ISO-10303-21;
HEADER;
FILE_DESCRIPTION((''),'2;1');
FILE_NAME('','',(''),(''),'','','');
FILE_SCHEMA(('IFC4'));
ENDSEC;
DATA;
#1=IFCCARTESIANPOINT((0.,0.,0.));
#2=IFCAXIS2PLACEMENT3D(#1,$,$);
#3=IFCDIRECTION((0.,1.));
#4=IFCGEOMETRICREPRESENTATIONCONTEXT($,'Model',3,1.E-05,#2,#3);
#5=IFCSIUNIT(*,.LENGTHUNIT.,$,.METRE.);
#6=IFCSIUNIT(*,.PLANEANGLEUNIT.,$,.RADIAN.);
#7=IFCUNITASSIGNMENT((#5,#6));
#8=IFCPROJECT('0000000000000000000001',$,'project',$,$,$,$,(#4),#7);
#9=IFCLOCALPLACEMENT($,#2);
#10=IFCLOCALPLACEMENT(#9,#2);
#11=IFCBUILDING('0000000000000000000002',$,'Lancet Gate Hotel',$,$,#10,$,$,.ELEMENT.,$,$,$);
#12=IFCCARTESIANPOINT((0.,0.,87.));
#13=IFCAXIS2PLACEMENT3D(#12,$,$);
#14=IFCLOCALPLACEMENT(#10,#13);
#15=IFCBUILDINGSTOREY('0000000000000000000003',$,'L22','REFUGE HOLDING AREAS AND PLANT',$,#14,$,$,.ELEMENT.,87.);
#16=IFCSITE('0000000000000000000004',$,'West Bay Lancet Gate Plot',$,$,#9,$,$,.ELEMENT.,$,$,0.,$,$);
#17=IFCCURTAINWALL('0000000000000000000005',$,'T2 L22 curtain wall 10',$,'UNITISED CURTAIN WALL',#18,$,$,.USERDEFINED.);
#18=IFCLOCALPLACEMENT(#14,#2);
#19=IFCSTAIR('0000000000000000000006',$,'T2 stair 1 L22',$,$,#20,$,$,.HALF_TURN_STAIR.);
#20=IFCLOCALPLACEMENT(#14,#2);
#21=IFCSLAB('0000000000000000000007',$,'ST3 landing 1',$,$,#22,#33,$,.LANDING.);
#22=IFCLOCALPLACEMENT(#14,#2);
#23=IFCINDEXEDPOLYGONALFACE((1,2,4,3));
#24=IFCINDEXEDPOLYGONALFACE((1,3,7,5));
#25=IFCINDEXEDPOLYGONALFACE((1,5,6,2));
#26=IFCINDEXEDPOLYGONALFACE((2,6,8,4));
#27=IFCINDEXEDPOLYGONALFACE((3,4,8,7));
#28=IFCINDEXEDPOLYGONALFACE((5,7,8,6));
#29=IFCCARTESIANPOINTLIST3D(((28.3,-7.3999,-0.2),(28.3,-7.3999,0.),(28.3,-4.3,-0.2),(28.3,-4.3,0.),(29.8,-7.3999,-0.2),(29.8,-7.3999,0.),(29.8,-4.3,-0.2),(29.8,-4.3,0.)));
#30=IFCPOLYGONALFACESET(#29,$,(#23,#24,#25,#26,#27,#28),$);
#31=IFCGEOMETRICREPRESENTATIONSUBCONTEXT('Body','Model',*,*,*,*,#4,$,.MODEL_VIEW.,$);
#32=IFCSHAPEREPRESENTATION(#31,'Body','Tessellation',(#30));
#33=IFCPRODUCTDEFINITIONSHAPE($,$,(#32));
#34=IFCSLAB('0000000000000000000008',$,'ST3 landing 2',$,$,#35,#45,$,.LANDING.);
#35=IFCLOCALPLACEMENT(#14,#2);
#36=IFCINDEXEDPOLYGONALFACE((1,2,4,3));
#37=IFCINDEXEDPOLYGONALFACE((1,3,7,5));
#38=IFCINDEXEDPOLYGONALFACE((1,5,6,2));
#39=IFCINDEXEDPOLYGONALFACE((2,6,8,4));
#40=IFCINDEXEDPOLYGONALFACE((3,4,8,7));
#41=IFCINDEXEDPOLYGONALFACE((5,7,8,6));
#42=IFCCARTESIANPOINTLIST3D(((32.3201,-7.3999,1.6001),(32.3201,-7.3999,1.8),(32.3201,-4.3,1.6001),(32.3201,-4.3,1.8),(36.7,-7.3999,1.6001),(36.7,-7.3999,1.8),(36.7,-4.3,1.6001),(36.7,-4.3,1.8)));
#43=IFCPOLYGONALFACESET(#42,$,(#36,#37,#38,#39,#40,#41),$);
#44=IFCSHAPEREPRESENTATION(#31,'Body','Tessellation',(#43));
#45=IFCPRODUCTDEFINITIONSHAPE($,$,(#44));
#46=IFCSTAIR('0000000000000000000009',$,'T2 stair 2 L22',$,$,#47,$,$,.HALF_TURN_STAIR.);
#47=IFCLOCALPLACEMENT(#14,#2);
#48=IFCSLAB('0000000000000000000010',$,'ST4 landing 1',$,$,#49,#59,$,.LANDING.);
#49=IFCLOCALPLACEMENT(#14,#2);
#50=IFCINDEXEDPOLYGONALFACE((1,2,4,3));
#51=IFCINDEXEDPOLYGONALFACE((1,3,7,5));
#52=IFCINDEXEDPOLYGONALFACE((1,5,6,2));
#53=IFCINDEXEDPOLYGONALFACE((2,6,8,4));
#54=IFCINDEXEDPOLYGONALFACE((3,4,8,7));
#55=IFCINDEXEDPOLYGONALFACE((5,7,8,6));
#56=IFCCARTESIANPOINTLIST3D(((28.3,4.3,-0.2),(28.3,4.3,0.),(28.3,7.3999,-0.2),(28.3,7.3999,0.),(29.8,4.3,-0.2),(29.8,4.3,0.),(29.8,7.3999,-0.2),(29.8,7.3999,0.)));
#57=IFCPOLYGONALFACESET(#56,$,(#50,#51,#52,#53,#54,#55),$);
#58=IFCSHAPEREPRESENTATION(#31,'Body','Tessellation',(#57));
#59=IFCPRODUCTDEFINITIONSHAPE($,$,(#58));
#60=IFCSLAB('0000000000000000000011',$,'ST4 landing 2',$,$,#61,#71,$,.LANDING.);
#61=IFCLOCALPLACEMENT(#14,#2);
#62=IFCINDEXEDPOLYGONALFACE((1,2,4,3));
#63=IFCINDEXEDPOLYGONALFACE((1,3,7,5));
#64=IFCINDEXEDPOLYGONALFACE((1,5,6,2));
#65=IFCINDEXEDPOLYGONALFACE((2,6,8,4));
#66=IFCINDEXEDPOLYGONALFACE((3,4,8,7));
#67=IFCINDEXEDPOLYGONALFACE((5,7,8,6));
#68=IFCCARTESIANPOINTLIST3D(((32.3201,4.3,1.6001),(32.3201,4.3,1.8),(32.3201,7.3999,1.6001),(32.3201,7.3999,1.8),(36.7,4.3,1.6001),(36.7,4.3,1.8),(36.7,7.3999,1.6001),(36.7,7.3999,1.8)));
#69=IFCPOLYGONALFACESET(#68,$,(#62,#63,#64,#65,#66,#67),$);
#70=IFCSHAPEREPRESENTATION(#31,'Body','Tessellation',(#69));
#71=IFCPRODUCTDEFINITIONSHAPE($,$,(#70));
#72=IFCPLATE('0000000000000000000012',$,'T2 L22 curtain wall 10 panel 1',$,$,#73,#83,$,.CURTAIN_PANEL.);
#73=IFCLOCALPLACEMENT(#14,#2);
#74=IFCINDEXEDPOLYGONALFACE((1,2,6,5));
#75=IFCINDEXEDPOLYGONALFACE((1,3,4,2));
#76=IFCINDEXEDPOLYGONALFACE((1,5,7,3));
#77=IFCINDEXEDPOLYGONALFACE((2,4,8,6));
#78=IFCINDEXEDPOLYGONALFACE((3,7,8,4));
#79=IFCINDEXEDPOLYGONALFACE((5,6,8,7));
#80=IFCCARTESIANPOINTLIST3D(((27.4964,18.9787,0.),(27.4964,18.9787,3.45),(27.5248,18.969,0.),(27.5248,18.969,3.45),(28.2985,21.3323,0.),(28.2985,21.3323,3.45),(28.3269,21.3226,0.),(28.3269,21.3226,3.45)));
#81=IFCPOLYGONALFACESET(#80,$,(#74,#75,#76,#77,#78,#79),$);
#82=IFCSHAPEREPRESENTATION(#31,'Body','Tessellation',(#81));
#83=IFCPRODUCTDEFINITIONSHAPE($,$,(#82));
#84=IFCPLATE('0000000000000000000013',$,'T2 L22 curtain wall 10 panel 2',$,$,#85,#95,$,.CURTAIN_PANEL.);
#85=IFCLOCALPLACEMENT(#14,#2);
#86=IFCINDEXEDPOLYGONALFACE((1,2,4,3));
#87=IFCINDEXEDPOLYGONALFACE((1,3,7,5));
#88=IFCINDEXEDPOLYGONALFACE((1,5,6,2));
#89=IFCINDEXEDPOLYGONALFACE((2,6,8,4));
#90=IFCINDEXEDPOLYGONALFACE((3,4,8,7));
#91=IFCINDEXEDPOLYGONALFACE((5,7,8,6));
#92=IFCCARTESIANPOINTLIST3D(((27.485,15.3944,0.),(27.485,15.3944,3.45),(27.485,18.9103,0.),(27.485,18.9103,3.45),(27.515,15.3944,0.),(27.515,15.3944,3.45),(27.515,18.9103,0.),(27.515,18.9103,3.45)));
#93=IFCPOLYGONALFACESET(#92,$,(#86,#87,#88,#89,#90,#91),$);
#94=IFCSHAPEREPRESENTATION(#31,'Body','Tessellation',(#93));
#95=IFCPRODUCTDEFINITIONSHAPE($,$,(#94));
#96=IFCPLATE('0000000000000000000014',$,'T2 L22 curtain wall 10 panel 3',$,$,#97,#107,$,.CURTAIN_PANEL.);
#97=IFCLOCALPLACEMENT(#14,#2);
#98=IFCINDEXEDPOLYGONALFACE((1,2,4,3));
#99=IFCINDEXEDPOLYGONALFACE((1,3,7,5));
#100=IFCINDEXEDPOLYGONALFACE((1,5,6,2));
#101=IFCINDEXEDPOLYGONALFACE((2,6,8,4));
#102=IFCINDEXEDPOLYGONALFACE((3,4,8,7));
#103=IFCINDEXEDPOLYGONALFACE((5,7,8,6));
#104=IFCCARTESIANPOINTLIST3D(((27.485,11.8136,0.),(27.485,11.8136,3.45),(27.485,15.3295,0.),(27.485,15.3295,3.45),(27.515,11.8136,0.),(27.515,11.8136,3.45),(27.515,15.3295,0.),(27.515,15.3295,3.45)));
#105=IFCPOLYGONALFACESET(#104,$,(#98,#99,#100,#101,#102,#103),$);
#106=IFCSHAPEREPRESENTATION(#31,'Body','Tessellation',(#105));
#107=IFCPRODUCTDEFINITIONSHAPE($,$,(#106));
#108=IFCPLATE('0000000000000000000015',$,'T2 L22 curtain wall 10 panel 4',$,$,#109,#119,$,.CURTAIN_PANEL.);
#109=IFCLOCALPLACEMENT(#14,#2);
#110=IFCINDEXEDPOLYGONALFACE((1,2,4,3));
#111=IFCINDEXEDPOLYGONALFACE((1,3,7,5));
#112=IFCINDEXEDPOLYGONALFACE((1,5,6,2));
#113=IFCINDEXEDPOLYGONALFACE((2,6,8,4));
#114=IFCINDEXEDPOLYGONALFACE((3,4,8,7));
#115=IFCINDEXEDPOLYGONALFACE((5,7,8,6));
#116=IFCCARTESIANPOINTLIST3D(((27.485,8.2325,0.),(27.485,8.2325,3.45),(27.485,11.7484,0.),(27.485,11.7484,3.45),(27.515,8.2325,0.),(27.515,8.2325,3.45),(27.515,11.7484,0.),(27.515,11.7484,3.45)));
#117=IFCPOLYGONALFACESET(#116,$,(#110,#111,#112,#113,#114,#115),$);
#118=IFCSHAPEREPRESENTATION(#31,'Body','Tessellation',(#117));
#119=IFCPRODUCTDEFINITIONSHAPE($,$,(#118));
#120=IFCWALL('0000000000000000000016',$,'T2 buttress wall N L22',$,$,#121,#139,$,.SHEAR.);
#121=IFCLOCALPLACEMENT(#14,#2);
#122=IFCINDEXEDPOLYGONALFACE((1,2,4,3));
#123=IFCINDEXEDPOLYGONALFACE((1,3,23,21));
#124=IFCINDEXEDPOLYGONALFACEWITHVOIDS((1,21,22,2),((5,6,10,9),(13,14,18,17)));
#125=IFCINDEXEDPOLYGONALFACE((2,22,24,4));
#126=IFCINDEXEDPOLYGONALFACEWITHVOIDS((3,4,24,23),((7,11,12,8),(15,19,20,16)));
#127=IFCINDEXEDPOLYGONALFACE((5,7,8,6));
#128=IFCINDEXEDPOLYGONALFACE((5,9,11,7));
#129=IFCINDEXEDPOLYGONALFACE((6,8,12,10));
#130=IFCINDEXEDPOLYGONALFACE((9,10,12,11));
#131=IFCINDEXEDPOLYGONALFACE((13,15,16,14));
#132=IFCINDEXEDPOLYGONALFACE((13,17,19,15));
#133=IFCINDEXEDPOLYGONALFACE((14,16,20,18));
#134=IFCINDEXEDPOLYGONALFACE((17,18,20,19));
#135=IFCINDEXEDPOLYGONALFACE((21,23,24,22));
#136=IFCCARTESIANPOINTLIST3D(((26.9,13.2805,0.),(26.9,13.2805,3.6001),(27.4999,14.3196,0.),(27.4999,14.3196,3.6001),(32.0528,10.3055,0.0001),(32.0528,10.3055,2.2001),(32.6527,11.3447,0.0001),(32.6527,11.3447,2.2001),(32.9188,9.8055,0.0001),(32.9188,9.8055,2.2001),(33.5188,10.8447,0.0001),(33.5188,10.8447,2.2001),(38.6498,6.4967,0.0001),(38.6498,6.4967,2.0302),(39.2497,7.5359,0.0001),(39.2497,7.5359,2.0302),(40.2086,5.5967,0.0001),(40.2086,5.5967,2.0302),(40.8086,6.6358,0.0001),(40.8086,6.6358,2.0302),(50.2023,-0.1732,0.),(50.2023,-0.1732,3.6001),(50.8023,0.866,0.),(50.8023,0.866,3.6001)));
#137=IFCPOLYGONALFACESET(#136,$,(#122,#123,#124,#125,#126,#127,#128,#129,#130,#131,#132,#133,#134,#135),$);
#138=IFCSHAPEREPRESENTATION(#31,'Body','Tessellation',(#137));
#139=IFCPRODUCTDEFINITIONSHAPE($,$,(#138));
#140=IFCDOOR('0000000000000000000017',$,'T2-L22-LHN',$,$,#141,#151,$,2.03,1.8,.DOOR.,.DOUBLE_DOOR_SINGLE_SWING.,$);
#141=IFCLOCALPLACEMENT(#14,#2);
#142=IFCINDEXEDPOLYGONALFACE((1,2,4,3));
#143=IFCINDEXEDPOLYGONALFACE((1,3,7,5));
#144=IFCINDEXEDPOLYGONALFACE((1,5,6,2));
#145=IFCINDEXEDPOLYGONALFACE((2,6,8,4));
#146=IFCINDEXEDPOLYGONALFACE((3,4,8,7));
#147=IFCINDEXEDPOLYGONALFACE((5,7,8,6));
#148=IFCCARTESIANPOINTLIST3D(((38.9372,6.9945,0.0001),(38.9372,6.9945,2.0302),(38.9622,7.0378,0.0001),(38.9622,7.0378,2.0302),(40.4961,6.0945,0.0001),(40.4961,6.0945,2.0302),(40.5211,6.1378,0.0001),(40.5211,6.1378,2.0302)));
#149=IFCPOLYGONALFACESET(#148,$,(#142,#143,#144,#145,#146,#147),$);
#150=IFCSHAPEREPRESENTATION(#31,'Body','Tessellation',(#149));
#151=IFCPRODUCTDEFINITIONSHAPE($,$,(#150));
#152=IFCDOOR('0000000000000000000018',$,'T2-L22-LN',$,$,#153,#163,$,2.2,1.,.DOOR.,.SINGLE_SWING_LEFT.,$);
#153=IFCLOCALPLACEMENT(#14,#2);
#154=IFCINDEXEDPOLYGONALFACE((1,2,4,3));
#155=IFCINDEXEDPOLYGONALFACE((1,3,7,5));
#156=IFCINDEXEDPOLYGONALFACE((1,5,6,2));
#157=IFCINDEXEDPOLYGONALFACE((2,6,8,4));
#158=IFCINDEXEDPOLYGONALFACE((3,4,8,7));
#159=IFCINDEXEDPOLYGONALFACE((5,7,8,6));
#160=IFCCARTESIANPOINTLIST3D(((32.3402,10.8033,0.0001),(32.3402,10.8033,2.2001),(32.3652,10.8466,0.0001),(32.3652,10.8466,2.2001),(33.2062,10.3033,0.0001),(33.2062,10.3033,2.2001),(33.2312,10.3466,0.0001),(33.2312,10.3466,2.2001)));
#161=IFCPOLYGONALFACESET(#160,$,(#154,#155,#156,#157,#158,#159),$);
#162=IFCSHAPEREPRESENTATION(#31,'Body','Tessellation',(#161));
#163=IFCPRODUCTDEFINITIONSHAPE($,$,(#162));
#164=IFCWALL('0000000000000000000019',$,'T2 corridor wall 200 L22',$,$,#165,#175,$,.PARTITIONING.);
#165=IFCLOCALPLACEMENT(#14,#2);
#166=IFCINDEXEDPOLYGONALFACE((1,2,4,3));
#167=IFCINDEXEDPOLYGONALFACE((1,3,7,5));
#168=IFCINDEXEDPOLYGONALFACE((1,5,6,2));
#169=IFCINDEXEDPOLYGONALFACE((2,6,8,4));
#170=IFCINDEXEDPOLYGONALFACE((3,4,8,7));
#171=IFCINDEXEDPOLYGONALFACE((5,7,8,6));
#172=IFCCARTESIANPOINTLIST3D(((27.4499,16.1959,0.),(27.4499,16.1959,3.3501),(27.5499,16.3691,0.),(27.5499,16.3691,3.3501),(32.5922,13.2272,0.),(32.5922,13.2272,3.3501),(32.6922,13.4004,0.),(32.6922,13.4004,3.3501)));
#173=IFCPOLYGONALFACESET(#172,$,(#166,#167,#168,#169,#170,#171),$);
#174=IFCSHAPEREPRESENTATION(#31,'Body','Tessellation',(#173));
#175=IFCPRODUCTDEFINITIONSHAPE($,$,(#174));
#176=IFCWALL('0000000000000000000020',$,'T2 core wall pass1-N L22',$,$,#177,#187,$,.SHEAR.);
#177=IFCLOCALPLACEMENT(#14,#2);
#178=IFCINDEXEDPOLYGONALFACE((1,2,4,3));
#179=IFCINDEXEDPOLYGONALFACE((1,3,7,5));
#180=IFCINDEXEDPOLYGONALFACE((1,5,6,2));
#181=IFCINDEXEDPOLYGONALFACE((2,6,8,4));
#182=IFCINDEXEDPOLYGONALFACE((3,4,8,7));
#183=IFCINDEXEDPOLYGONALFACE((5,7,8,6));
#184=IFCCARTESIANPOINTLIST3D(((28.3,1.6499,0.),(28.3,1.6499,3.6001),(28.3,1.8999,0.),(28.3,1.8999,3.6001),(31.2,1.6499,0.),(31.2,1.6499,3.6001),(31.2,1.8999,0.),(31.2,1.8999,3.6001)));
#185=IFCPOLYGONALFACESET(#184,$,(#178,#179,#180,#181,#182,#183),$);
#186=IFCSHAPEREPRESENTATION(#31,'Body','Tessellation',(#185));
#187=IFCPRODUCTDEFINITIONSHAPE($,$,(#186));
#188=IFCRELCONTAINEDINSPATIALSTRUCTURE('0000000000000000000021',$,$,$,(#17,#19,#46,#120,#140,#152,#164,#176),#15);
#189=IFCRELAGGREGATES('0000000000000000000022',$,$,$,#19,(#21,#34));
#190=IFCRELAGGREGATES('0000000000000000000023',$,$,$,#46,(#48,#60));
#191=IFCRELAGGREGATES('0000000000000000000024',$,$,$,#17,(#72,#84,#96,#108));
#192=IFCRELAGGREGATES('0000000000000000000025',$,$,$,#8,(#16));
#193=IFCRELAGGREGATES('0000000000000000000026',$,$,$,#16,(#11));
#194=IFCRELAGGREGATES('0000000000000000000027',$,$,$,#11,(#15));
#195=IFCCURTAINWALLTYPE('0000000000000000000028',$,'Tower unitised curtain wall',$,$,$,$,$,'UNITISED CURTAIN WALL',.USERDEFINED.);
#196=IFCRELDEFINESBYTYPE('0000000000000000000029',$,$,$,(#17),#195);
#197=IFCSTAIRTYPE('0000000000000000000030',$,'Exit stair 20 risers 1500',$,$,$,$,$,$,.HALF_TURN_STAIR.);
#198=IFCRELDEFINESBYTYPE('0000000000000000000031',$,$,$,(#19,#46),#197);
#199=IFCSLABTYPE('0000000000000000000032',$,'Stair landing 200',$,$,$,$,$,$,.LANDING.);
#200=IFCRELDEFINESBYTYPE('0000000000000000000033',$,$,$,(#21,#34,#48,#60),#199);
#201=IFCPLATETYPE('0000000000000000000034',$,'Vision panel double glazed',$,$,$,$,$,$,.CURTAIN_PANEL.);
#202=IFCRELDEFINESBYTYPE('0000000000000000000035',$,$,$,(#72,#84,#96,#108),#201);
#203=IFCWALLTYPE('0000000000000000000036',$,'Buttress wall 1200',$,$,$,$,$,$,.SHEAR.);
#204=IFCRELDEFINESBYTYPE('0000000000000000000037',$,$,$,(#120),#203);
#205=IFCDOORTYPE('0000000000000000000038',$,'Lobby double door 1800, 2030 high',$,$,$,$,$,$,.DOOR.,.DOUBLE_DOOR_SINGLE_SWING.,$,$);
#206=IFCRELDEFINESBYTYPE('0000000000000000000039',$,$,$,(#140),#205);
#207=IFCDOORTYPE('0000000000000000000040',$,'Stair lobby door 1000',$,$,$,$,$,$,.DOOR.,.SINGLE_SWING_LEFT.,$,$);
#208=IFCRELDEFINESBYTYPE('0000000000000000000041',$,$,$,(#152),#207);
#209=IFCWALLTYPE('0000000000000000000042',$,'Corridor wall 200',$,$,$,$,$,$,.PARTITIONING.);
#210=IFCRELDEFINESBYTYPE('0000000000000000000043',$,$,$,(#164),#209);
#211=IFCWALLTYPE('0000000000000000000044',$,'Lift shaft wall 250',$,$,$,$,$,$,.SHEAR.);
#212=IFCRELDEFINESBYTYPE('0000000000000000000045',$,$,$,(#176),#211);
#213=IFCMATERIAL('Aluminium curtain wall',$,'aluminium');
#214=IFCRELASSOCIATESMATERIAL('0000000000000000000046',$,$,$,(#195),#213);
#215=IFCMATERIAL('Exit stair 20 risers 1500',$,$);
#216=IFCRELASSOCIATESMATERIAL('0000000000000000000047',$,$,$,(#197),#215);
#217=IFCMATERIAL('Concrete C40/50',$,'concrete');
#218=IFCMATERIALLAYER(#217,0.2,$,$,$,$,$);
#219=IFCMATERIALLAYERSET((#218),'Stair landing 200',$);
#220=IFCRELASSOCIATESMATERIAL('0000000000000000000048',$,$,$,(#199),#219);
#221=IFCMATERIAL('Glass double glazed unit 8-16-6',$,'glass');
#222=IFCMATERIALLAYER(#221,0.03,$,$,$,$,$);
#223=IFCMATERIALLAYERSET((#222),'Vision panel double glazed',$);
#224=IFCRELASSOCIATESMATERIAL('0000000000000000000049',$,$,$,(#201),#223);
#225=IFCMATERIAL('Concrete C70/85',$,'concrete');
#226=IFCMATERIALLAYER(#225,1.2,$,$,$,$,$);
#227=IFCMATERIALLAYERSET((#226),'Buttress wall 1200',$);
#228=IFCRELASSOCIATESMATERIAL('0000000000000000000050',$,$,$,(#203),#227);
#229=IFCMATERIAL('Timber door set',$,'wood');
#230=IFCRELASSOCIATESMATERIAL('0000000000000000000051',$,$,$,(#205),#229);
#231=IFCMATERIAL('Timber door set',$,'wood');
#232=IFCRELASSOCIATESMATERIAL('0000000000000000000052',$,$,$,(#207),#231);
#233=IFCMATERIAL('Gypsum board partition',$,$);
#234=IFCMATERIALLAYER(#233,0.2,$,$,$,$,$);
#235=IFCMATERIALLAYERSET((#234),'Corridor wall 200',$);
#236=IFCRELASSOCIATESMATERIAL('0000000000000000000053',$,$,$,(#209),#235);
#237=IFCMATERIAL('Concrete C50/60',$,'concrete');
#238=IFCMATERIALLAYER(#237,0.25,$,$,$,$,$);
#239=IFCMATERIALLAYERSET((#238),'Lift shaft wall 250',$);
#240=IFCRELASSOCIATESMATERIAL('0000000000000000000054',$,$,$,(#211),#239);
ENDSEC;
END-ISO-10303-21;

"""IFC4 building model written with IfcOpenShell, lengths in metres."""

from ifc_helpers import new_model, si_unit, direction, frame, frame_2d, origin, origin_2d, place, context, subcontext, project, spatial, polyline, rectangle, outline, extrude, material, layer, layer_set, type_object, element, fill, aggregate, save


model = new_model("IFC4")

# Units and contexts
model_context = context("Model", 3, precision=1e-05, world=origin(), true_north=direction((0.0, 1.0)))
body_context = subcontext(model_context, "Body", "Model", "MODEL_VIEW")
ifc_project = project(units=[si_unit("LENGTHUNIT", "METRE"), si_unit("PLANEANGLEUNIT", "RADIAN")], contexts=[model_context])

# Site, building, storey
site_placement = place(None, origin())
site = spatial("IfcSite", under=ifc_project, at=site_placement, Name="West Bay Lancet Gate Plot", CompositionType="ELEMENT", RefElevation=0.0)
building_placement = place(site_placement, origin())
building = spatial("IfcBuilding", under=site, at=building_placement, Name="Lancet Gate Hotel", CompositionType="ELEMENT")
storey_placement = place(building_placement, frame((0.0, 0.0, 87.0)))
storey = spatial("IfcBuildingStorey", under=building, at=storey_placement, Name="L22", Description="REFUGE HOLDING AREAS AND PLANT", CompositionType="ELEMENT", Elevation=87.0)

# Curtain wall
ifc_material_1 = material(Name="Aluminium curtain wall", Category="aluminium")
curtain_wall_type = type_object("IfcCurtainWallType", Name="Tower unitised curtain wall", ElementType="UNITISED CURTAIN WALL", PredefinedType="USERDEFINED", material=ifc_material_1)
curtain_wall_placement = place(storey_placement, origin())
curtain_wall = element("IfcCurtainWall", 1, at=curtain_wall_placement, inside=storey, type_object=curtain_wall_type, Name="T2 L22 curtain wall 10", ObjectType="UNITISED CURTAIN WALL", PredefinedType="USERDEFINED")

# Shared definitions
ifc_material_2 = material(Name="Exit stair 20 risers 1500")
stair_type = type_object("IfcStairType", Name="Exit stair 20 risers 1500", PredefinedType="HALF_TURN_STAIR", material=ifc_material_2)
ifc_material_3 = material(Name="Concrete C40/50", Category="concrete")
ifc_layer_1 = layer(ifc_material_3, 0.2)
ifc_layer_set_1 = layer_set([ifc_layer_1], Name="Stair landing 200")
slab_type = type_object("IfcSlabType", Name="Stair landing 200", PredefinedType="LANDING", material=ifc_layer_set_1)

# Stairs, slabs
stair_1_placement = place(storey_placement, origin())
stair_1 = element("IfcStair", 2, at=stair_1_placement, inside=storey, type_object=stair_type, Name="T2 stair 1 L22", PredefinedType="HALF_TURN_STAIR")
slab_1_placement = place(storey_placement, frame((0.0, 0.0, -0.2)))
slab_1 = element("IfcSlab", 3, at=slab_1_placement, type_object=slab_type, Name="ST3 landing 1", PredefinedType="LANDING", context=body_context, shape_type="SweptSolid", body=[
    extrude(outline(polyline([(28.3, -7.3999), (29.8, -7.3999), (29.8, -4.3), (28.3, -4.3), (28.3, -7.3999)])), origin(), (0.0, 0.0, 1.0), 0.2),
])
slab_2_placement = place(storey_placement, frame((0.0, 0.0, 1.6001)))
slab_2 = element("IfcSlab", 4, at=slab_2_placement, type_object=slab_type, Name="ST3 landing 2", PredefinedType="LANDING", context=body_context, shape_type="SweptSolid", body=[
    extrude(outline(polyline([(32.3201, -7.3999), (36.7, -7.3999), (36.7, -4.3), (32.3201, -4.3), (32.3201, -7.3999)])), origin(), (0.0, 0.0, 1.0), 0.2),
])
aggregate(stair_1, [slab_1, slab_2])
stair_2_placement = place(storey_placement, origin())
stair_2 = element("IfcStair", 5, at=stair_2_placement, inside=storey, type_object=stair_type, Name="T2 stair 2 L22", PredefinedType="HALF_TURN_STAIR")
slab_3_placement = place(storey_placement, frame((0.0, 0.0, -0.2)))
slab_3 = element("IfcSlab", 6, at=slab_3_placement, type_object=slab_type, Name="ST4 landing 1", PredefinedType="LANDING", context=body_context, shape_type="SweptSolid", body=[
    extrude(outline(polyline([(28.3, 4.3), (29.8, 4.3), (29.8, 7.3999), (28.3, 7.3999), (28.3, 4.3)])), origin(), (0.0, 0.0, 1.0), 0.2),
])
slab_4_placement = place(storey_placement, frame((0.0, 0.0, 1.6001)))
slab_4 = element("IfcSlab", 7, at=slab_4_placement, type_object=slab_type, Name="ST4 landing 2", PredefinedType="LANDING", context=body_context, shape_type="SweptSolid", body=[
    extrude(outline(polyline([(32.3201, 4.3), (36.7, 4.3), (36.7, 7.3999), (32.3201, 7.3999), (32.3201, 4.3)])), origin(), (0.0, 0.0, 1.0), 0.2),
])
aggregate(stair_2, [slab_3, slab_4])

# Plates
ifc_material_4 = material(Name="Glass double glazed unit 8-16-6", Category="glass")
ifc_layer_2 = layer(ifc_material_4, 0.03)
ifc_layer_set_2 = layer_set([ifc_layer_2], Name="Vision panel double glazed")
plate_type = type_object("IfcPlateType", Name="Vision panel double glazed", PredefinedType="CURTAIN_PANEL", material=ifc_layer_set_2)
plate_1_placement = place(storey_placement, frame((27.9116, 20.1506, 0.0), z_axis=(0.0, 0.0, 1.0), x_axis=(-0.322576, -0.946544, 0.0)))
plate_1 = element("IfcPlate", 8, at=plate_1_placement, type_object=plate_type, Name="T2 L22 curtain wall 10 panel 1", PredefinedType="CURTAIN_PANEL", context=body_context, shape_type="SweptSolid", body=[
    extrude(rectangle(XDim=2.4866, YDim=0.03, at=origin_2d()), origin(), (0.0, 0.0, 1.0), 3.45),
])
plate_2_placement = place(storey_placement, frame((27.5, 17.1523, 0.0), z_axis=(0.0, 0.0, 1.0), x_axis=(0.0, -1.0, 0.0)))
plate_2 = element("IfcPlate", 9, at=plate_2_placement, type_object=plate_type, Name="T2 L22 curtain wall 10 panel 2", PredefinedType="CURTAIN_PANEL", context=body_context, shape_type="SweptSolid", body=[
    extrude(rectangle(XDim=3.5159, YDim=0.03, at=origin_2d()), origin(), (0.0, 0.0, 1.0), 3.45),
])
plate_3_placement = place(storey_placement, frame((27.5, 13.5715, 0.0), z_axis=(0.0, 0.0, 1.0), x_axis=(0.0, -1.0, 0.0)))
plate_3 = element("IfcPlate", 10, at=plate_3_placement, type_object=plate_type, Name="T2 L22 curtain wall 10 panel 3", PredefinedType="CURTAIN_PANEL", context=body_context, shape_type="SweptSolid", body=[
    extrude(rectangle(XDim=3.5159, YDim=0.03, at=origin_2d()), origin(), (0.0, 0.0, 1.0), 3.45),
])
plate_4_placement = place(storey_placement, frame((27.5, 9.9905, 0.0), z_axis=(0.0, 0.0, 1.0), x_axis=(0.0, -1.0, 0.0)))
plate_4 = element("IfcPlate", 11, at=plate_4_placement, type_object=plate_type, Name="T2 L22 curtain wall 10 panel 4", PredefinedType="CURTAIN_PANEL", context=body_context, shape_type="SweptSolid", body=[
    extrude(rectangle(XDim=3.5159, YDim=0.03, at=origin_2d()), origin(), (0.0, 0.0, 1.0), 3.45),
])
aggregate(curtain_wall, [plate_1, plate_2, plate_3, plate_4])

# Wall, openings, doors
ifc_material_5 = material(Name="Concrete C70/85", Category="concrete")
ifc_layer_3 = layer(ifc_material_5, 1.2)
ifc_layer_set_3 = layer_set([ifc_layer_3], Name="Buttress wall 1200")
wall_type_1 = type_object("IfcWallType", Name="Buttress wall 1200", PredefinedType="SHEAR", material=ifc_layer_set_3)
wall_1_placement = place(storey_placement, frame((27.2, 13.8, 0.0), z_axis=(0.0, 0.0, 1.0), x_axis=(0.866025, -0.500002, 0.0)))
wall_1 = element("IfcWall", 12, at=wall_1_placement, inside=storey, type_object=wall_type_1, Name="T2 buttress wall N L22", PredefinedType="SHEAR", context=body_context, shape_type="SweptSolid", body=[
    extrude(rectangle(XDim=26.9072, YDim=1.2, at=frame_2d((13.4536, 0.0))), origin(), (0.0, 0.0, 1.0), 3.6001),
])
opening_1_placement = place(wall_1_placement, frame((5.95, 0.0, 0.0)))
opening_1 = element("IfcOpeningElement", 13, at=opening_1_placement, cuts=wall_1, PredefinedType="OPENING", context=body_context, shape_type="SweptSolid", body=[
    extrude(rectangle(XDim=1.0, YDim=2.2, at=frame_2d((0.5, 1.1001))), frame((0.0, 0.6099, 0.0), z_axis=(0.0, -1.0, 0.0), x_axis=(1.0, 0.0, 0.0)), (0.0, 0.0, 1.0), 1.22),
])
opening_2_placement = place(wall_1_placement, frame((13.5676, 0.0, 0.0)))
opening_2 = element("IfcOpeningElement", 14, at=opening_2_placement, cuts=wall_1, PredefinedType="OPENING", context=body_context, shape_type="SweptSolid", body=[
    extrude(rectangle(XDim=1.8, YDim=2.03, at=frame_2d((0.8999, 1.0151))), frame((0.0, 0.6099, 0.0), z_axis=(0.0, -1.0, 0.0), x_axis=(1.0, 0.0, 0.0)), (0.0, 0.0, 1.0), 1.22),
])
ifc_material_6 = material(Name="Timber door set", Category="wood")
door_type_1 = type_object("IfcDoorType", Name="Lobby double door 1800, 2030 high", OperationType="DOUBLE_DOOR_SINGLE_SWING", PredefinedType="DOOR", material=ifc_material_6)
door_1_placement = place(opening_2_placement, origin())
door_1 = element("IfcDoor", 15, at=door_1_placement, inside=storey, type_object=door_type_1, Name="T2-L22-LHN", OperationType="DOUBLE_DOOR_SINGLE_SWING", OverallHeight=2.03, OverallWidth=1.8, PredefinedType="DOOR", context=body_context, shape_type="SweptSolid", body=[
    extrude(rectangle(XDim=1.8, YDim=2.03, at=frame_2d((0.8999, 1.0151))), frame((0.0, 0.0249, 0.0), z_axis=(0.0, -1.0, 0.0), x_axis=(1.0, 0.0, 0.0)), (0.0, 0.0, 1.0), 0.05),
])
fill(opening_2, door_1)
ifc_material_7 = material(Name="Timber door set", Category="wood")
door_type_2 = type_object("IfcDoorType", Name="Stair lobby door 1000", OperationType="SINGLE_SWING_LEFT", PredefinedType="DOOR", material=ifc_material_7)
door_2_placement = place(opening_1_placement, origin())
door_2 = element("IfcDoor", 16, at=door_2_placement, inside=storey, type_object=door_type_2, Name="T2-L22-LN", OperationType="SINGLE_SWING_LEFT", OverallHeight=2.2, OverallWidth=1.0, PredefinedType="DOOR", context=body_context, shape_type="SweptSolid", body=[
    extrude(rectangle(XDim=1.0, YDim=2.2, at=frame_2d((0.5, 1.1001))), frame((0.0, 0.0249, 0.0), z_axis=(0.0, -1.0, 0.0), x_axis=(1.0, 0.0, 0.0)), (0.0, 0.0, 1.0), 0.05),
])
fill(opening_1, door_2)

# Walls
ifc_material_8 = material(Name="Gypsum board partition")
ifc_layer_4 = layer(ifc_material_8, 0.2)
ifc_layer_set_4 = layer_set([ifc_layer_4], Name="Corridor wall 200")
wall_type_2 = type_object("IfcWallType", Name="Corridor wall 200", PredefinedType="PARTITIONING", material=ifc_layer_set_4)
wall_2_placement = place(storey_placement, frame((27.5, 16.2825, 0.0), z_axis=(0.0, 0.0, 1.0), x_axis=(0.866038, -0.499978, 0.0)))
element("IfcWall", 17, at=wall_2_placement, inside=storey, type_object=wall_type_2, Name="T2 corridor wall 200 L22", PredefinedType="PARTITIONING", context=body_context, shape_type="SweptSolid", body=[
    extrude(rectangle(XDim=5.9377, YDim=0.2, at=frame_2d((2.9688, 0.0))), origin(), (0.0, 0.0, 1.0), 3.3501),
])
ifc_material_9 = material(Name="Concrete C50/60", Category="concrete")
ifc_layer_5 = layer(ifc_material_9, 0.25)
ifc_layer_set_5 = layer_set([ifc_layer_5], Name="Lift shaft wall 250")
wall_type_3 = type_object("IfcWallType", Name="Lift shaft wall 250", PredefinedType="SHEAR", material=ifc_layer_set_5)
wall_3_placement = place(storey_placement, frame((28.3, 1.7749, 0.0), z_axis=(0.0, 0.0, 1.0), x_axis=(1.0, 0.0, 0.0)))
element("IfcWall", 18, at=wall_3_placement, inside=storey, type_object=wall_type_3, Name="T2 core wall pass1-N L22", PredefinedType="SHEAR", context=body_context, shape_type="SweptSolid", body=[
    extrude(rectangle(XDim=2.8999, YDim=0.25, at=frame_2d((1.45, 0.0))), origin(), (0.0, 0.0, 1.0), 3.6001),
])

save(model, "model.ifc")
